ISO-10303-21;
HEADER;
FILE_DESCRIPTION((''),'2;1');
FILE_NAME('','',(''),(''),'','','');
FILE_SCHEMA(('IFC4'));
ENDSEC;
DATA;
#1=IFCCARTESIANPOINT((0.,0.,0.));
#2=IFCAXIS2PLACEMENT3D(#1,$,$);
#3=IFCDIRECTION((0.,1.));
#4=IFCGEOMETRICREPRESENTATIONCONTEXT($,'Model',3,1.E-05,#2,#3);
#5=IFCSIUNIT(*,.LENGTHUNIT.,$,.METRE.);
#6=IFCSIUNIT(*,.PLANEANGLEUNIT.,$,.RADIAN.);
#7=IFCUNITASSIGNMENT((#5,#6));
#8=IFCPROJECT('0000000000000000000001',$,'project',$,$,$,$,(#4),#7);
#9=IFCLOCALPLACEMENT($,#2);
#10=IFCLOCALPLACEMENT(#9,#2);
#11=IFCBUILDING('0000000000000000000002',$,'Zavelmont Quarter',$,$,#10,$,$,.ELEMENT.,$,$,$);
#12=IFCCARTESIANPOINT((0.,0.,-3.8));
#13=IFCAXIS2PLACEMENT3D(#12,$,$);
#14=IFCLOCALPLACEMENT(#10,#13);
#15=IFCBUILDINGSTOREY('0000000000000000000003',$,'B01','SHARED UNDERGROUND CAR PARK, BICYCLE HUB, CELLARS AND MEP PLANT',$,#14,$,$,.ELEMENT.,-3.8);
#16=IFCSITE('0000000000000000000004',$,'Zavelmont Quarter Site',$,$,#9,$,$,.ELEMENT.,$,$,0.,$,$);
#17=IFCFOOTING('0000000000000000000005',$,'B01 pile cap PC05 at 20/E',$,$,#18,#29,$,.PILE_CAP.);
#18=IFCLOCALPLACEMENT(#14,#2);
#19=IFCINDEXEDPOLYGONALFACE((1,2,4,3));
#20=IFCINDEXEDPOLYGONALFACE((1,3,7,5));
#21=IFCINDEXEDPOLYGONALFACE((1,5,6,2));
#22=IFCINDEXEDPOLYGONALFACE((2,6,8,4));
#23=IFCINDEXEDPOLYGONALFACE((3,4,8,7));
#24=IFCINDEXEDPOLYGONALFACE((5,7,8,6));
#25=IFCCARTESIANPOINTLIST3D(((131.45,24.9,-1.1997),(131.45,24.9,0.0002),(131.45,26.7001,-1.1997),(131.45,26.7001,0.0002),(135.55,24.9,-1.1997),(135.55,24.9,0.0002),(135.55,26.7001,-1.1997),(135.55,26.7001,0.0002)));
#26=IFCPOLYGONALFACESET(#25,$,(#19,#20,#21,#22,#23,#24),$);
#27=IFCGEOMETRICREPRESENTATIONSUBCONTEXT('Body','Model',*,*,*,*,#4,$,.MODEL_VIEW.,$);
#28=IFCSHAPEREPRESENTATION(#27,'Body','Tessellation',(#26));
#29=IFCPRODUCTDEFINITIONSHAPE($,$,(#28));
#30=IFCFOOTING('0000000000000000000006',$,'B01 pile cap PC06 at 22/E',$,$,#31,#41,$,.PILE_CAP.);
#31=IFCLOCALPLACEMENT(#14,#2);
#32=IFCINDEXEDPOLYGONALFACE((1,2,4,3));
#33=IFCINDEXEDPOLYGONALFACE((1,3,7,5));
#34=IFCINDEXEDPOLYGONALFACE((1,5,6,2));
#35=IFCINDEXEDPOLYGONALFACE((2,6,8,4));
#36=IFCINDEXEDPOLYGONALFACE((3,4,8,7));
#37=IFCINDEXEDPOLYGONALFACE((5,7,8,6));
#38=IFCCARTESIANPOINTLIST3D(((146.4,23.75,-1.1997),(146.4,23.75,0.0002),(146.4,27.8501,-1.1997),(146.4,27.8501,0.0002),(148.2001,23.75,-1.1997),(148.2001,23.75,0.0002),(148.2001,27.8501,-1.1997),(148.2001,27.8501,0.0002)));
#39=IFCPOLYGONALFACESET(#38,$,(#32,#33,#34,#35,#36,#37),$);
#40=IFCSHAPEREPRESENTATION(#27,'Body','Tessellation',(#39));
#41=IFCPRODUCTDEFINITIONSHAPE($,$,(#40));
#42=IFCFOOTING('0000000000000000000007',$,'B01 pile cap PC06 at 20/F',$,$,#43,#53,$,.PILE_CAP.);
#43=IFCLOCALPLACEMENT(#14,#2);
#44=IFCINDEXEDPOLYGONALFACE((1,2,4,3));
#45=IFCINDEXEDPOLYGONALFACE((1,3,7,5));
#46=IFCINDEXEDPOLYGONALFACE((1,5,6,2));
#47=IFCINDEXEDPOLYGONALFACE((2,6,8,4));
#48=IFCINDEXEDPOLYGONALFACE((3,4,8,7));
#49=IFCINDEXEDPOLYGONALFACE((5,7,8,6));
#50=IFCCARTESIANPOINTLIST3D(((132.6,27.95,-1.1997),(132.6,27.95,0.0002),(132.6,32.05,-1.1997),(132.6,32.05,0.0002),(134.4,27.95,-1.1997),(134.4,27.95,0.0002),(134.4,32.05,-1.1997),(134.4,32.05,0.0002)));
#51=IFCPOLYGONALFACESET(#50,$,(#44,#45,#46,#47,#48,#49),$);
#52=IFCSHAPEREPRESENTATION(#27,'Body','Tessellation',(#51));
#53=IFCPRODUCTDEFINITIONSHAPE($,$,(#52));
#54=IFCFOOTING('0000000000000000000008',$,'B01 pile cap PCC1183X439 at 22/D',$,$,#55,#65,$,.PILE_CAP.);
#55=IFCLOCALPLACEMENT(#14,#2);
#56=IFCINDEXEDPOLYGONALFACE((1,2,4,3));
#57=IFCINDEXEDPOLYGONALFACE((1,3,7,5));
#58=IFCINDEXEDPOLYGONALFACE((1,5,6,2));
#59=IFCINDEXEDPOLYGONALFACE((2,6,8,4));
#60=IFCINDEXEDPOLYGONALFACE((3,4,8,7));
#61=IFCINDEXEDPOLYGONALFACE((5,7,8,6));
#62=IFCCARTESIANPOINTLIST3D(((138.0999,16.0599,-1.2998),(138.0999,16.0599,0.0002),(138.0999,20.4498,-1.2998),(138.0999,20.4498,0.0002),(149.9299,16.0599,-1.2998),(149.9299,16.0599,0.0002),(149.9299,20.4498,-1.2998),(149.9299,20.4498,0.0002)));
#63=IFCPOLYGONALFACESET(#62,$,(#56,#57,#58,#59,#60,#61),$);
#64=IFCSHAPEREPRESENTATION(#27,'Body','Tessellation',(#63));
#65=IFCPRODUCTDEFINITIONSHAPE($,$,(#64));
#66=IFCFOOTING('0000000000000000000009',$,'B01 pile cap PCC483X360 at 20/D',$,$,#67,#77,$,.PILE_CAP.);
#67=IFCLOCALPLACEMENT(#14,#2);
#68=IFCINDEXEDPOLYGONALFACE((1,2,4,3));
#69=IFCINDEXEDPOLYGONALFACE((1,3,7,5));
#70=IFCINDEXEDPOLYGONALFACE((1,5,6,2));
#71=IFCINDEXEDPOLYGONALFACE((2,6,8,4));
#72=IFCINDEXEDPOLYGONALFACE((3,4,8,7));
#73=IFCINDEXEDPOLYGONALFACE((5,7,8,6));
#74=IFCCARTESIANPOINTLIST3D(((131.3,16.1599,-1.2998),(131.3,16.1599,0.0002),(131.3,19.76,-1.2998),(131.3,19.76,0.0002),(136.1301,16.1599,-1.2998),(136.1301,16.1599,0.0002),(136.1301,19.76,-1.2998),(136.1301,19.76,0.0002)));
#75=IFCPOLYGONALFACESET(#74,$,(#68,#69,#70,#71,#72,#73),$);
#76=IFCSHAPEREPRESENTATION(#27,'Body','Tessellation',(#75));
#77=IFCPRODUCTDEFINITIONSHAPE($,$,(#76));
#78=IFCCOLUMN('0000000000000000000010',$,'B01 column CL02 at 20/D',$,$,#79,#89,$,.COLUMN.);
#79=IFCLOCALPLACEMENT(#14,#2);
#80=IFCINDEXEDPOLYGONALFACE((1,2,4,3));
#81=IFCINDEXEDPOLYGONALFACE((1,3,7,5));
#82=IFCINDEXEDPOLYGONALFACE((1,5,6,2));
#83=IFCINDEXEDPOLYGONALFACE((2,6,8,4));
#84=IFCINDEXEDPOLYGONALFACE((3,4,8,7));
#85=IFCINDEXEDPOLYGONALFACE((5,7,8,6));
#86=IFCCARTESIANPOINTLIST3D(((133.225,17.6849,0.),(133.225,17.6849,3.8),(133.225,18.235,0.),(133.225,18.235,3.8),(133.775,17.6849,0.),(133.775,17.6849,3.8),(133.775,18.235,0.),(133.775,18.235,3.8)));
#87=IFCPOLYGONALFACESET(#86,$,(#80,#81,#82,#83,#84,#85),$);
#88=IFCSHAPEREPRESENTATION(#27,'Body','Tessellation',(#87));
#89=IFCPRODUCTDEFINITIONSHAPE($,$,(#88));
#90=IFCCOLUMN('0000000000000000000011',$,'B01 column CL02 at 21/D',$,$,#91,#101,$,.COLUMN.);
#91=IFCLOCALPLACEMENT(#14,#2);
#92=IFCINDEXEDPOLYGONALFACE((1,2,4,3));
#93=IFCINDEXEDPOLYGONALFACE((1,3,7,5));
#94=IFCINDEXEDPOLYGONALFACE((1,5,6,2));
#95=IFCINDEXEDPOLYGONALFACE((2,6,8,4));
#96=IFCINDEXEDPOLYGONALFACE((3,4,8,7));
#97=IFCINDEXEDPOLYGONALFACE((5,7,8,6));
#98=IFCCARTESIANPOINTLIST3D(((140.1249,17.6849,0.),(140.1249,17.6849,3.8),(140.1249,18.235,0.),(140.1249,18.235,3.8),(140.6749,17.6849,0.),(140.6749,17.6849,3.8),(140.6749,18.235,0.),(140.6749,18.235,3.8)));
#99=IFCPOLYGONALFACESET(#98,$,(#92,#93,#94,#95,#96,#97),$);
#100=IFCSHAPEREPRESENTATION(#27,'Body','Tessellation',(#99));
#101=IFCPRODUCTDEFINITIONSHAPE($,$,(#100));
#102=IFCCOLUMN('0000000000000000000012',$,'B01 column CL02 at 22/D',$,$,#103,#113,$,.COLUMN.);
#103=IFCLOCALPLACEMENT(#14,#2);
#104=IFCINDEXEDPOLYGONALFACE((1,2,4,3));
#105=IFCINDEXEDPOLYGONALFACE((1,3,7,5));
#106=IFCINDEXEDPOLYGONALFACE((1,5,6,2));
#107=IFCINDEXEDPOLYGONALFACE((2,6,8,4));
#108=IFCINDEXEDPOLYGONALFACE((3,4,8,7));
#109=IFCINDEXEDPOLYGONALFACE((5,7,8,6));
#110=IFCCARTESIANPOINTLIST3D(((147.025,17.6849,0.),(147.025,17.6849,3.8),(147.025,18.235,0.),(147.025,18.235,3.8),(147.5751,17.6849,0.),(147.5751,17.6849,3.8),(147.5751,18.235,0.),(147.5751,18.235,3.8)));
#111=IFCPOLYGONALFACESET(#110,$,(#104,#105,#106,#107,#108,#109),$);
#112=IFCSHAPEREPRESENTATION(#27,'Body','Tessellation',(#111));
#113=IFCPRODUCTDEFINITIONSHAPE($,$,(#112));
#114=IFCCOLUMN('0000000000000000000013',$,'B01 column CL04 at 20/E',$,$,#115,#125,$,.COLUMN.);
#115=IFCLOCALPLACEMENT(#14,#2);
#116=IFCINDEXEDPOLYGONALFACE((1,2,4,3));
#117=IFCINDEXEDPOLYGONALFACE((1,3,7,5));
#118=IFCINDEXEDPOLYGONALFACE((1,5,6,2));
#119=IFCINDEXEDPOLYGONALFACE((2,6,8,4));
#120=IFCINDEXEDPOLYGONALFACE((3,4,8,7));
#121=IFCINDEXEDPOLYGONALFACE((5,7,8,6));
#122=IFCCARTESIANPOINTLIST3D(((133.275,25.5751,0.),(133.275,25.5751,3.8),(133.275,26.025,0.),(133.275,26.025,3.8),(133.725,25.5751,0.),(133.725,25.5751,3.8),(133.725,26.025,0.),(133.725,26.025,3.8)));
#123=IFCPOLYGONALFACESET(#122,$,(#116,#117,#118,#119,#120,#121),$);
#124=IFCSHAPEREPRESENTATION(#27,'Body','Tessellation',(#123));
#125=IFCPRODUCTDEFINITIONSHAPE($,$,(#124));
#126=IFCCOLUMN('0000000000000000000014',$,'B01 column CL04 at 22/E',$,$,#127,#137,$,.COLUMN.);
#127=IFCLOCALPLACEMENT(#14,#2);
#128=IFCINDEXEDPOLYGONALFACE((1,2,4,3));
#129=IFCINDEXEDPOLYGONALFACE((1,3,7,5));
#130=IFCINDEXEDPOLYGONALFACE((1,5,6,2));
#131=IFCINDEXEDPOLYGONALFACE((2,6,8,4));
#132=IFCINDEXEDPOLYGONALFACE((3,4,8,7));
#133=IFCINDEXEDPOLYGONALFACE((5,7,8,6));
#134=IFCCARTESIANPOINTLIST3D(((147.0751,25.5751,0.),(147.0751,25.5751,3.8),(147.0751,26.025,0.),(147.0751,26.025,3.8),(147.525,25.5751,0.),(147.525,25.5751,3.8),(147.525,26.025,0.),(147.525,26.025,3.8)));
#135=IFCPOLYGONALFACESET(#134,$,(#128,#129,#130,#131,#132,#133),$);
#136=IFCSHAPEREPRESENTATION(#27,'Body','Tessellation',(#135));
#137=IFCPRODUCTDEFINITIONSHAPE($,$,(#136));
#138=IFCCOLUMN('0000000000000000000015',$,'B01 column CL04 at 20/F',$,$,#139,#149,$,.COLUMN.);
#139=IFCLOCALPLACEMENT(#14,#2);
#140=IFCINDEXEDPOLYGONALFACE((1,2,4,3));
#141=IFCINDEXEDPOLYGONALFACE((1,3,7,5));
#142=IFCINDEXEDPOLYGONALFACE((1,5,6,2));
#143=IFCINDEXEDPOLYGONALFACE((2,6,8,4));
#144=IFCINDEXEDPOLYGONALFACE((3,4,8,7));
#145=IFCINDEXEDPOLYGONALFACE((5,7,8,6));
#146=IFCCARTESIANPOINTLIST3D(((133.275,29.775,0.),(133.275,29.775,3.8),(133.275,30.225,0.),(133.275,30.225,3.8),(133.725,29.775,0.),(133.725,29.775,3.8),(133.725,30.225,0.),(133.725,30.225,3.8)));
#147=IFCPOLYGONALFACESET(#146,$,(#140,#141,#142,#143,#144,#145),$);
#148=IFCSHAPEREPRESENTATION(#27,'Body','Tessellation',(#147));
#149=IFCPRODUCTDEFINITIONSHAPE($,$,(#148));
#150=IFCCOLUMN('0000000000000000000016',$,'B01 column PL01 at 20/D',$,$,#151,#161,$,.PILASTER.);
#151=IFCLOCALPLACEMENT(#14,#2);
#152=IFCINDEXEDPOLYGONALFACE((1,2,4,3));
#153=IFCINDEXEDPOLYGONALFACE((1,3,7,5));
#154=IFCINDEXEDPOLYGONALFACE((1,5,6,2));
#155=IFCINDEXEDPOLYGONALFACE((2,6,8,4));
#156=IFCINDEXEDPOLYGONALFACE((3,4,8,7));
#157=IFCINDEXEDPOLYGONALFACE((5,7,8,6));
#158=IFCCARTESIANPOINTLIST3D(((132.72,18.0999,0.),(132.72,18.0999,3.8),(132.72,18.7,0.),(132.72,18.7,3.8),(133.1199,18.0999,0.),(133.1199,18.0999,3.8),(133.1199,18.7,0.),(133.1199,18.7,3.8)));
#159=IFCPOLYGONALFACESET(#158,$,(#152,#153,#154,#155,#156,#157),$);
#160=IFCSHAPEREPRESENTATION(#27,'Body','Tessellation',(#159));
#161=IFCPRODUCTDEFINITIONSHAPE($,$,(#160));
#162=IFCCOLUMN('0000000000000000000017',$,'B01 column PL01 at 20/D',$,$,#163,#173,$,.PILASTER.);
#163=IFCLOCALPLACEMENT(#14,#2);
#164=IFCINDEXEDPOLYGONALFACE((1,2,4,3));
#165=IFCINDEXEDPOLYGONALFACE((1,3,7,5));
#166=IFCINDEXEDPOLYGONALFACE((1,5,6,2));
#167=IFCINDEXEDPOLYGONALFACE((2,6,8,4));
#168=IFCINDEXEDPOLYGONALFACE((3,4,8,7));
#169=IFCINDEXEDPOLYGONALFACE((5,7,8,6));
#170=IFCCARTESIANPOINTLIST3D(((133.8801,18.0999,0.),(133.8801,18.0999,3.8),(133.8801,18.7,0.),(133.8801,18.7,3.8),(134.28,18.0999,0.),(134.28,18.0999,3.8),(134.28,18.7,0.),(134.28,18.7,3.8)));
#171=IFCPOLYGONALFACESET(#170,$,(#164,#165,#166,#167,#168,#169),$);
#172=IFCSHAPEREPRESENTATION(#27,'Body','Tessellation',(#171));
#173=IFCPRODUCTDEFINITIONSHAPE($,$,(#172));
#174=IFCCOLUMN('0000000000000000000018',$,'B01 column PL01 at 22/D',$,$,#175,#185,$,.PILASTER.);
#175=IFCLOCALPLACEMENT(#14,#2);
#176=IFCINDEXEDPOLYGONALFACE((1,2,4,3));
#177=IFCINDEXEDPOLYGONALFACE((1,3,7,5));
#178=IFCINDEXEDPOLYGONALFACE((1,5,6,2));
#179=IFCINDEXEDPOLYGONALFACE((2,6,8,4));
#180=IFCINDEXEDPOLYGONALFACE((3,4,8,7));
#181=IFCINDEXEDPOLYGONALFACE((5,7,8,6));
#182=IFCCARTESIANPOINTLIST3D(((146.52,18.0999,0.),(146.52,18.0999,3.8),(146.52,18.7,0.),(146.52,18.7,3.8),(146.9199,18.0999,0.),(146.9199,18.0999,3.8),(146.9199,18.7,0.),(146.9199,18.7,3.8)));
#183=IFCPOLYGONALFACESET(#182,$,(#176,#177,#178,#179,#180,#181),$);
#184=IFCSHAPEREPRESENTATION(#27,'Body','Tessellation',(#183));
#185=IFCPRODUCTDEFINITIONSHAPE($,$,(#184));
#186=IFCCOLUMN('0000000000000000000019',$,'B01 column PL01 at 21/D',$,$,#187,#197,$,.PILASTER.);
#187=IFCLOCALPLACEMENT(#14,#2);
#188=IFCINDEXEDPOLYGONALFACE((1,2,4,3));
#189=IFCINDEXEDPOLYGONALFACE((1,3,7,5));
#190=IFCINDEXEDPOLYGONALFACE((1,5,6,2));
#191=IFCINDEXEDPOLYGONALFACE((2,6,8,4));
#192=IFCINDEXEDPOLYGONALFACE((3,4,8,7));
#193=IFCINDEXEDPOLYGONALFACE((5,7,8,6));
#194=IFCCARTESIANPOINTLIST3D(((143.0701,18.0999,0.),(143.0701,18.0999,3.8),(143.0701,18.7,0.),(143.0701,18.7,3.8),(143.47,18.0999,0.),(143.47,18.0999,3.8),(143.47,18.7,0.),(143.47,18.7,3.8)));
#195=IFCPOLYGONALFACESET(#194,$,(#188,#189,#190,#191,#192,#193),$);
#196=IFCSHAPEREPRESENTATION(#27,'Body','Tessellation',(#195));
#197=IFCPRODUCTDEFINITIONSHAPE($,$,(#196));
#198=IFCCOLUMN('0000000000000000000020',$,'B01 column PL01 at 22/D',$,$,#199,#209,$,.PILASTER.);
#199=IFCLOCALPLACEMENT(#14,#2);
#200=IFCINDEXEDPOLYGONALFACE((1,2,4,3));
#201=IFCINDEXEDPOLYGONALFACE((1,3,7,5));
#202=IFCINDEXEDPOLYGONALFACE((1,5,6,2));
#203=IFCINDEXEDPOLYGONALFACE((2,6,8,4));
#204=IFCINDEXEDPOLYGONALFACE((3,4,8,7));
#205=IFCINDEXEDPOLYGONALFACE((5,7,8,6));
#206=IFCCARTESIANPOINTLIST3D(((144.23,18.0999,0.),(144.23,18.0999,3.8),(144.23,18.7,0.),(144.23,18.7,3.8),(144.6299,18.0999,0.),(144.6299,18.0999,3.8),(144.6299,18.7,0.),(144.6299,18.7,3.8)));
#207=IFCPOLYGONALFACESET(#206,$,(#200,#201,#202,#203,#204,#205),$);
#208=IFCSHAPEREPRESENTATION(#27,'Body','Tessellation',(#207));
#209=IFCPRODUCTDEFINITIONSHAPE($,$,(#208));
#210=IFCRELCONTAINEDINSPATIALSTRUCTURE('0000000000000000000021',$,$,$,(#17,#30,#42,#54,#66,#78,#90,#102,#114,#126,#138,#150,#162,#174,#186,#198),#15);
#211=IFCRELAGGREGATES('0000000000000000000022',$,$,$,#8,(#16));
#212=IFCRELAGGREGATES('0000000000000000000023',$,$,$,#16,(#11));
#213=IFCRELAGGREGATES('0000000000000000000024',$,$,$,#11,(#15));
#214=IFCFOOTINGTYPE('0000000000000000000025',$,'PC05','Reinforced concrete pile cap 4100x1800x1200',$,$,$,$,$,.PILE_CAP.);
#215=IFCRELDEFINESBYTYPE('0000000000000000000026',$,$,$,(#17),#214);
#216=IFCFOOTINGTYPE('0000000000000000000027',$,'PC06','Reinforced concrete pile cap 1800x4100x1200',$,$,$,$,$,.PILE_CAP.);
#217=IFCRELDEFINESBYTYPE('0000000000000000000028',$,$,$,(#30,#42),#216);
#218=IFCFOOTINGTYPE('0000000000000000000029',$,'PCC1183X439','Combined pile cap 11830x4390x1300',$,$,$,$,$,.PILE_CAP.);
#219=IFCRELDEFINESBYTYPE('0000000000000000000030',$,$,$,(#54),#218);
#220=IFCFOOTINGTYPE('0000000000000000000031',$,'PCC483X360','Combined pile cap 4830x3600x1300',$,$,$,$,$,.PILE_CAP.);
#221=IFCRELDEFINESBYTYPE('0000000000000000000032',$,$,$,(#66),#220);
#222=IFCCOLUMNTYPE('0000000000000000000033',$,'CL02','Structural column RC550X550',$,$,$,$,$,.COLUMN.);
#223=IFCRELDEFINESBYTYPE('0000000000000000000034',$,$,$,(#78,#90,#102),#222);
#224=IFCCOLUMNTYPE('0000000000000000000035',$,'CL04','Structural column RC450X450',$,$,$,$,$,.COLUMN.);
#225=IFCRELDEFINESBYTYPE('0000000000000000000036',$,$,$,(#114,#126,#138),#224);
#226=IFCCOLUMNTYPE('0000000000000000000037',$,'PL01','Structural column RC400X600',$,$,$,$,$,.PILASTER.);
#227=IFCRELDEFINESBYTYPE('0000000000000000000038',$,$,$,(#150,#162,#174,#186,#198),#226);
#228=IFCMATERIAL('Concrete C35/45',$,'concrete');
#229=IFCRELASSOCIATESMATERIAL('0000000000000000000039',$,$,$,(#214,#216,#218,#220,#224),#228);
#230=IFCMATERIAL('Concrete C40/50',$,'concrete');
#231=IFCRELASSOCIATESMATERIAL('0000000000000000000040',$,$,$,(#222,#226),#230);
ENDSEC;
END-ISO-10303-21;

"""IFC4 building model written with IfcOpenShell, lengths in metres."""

from ifc_helpers import new_model, si_unit, direction, frame, origin, origin_2d, place, context, subcontext, project, spatial, rectangle, extrude, material, material_profile, profile_set, type_object, element, save


model = new_model("IFC4")

# Units and contexts
model_context = context("Model", 3, precision=1e-05, world=origin(), true_north=direction((0.0, 1.0)))
body_context = subcontext(model_context, "Body", "Model", "MODEL_VIEW")
ifc_project = project(units=[si_unit("LENGTHUNIT", "METRE"), si_unit("PLANEANGLEUNIT", "RADIAN")], contexts=[model_context])

# Site, building, storey
site_placement = place(None, origin())
site = spatial("IfcSite", under=ifc_project, at=site_placement, Name="Zavelmont Quarter Site", CompositionType="ELEMENT", RefElevation=0.0)
building_placement = place(site_placement, origin())
building = spatial("IfcBuilding", under=site, at=building_placement, Name="Zavelmont Quarter", CompositionType="ELEMENT")
storey_placement = place(building_placement, frame((0.0, 0.0, -3.8)))
storey = spatial("IfcBuildingStorey", under=building, at=storey_placement, Name="B01", Description="SHARED UNDERGROUND CAR PARK, BICYCLE HUB, CELLARS AND MEP PLANT", CompositionType="ELEMENT", Elevation=-3.8)

# Shared definitions
ifc_material_1 = material(Name="Concrete C35/45", Category="concrete")

# Footings
footing_type_1 = type_object("IfcFootingType", Name="PC05", Description="Reinforced concrete pile cap 4100x1800x1200", PredefinedType="PILE_CAP", material=ifc_material_1)
footing_1_placement = place(storey_placement, frame((133.5, 25.8, -1.1997), z_axis=(0.0, 0.0, 1.0), x_axis=(1.0, 0.0, 0.0)))
element("IfcFooting", 1, at=footing_1_placement, inside=storey, type_object=footing_type_1, Name="B01 pile cap PC05 at 20/E", PredefinedType="PILE_CAP", context=body_context, shape_type="SweptSolid", body=[
    extrude(rectangle(XDim=4.1001, YDim=1.8, at=origin_2d()), origin(), (0.0, 0.0, 1.0), 1.2),
])
footing_type_2 = type_object("IfcFootingType", Name="PC06", Description="Reinforced concrete pile cap 1800x4100x1200", PredefinedType="PILE_CAP", material=ifc_material_1)
for number, where, z_axis, x_axis, name in (
    (2, (147.3, 25.8, -1.1997), (0.0, 0.0, 1.0), (1.0, 0.0, 0.0), "B01 pile cap PC06 at 22/E"),
    (3, (133.5, 30.0, -1.1997), (0.0, 0.0, 1.0), (1.0, 0.0, 0.0), "B01 pile cap PC06 at 20/F"),
):
    element("IfcFooting", number, at=place(storey_placement, frame(where, z_axis=z_axis, x_axis=x_axis)), inside=storey, type_object=footing_type_2, Name=name, PredefinedType="PILE_CAP", context=body_context, shape_type="SweptSolid", body=[
        extrude(rectangle(XDim=1.8, YDim=4.1001, at=origin_2d()), origin(), (0.0, 0.0, 1.0), 1.2),
    ])
footing_type_3 = type_object("IfcFootingType", Name="PCC1183X439", Description="Combined pile cap 11830x4390x1300", PredefinedType="PILE_CAP", material=ifc_material_1)
footing_2_placement = place(storey_placement, frame((144.0149, 18.2549, -1.2998), z_axis=(0.0, 0.0, 1.0), x_axis=(1.0, 0.0, 0.0)))
element("IfcFooting", 4, at=footing_2_placement, inside=storey, type_object=footing_type_3, Name="B01 pile cap PCC1183X439 at 22/D", PredefinedType="PILE_CAP", context=body_context, shape_type="SweptSolid", body=[
    extrude(rectangle(XDim=11.8301, YDim=4.3899, at=origin_2d()), origin(), (0.0, 0.0, 1.0), 1.3),
])
footing_type_4 = type_object("IfcFootingType", Name="PCC483X360", Description="Combined pile cap 4830x3600x1300", PredefinedType="PILE_CAP", material=ifc_material_1)
footing_3_placement = place(storey_placement, frame((133.7151, 17.96, -1.2998), z_axis=(0.0, 0.0, 1.0), x_axis=(1.0, 0.0, 0.0)))
element("IfcFooting", 5, at=footing_3_placement, inside=storey, type_object=footing_type_4, Name="B01 pile cap PCC483X360 at 20/D", PredefinedType="PILE_CAP", context=body_context, shape_type="SweptSolid", body=[
    extrude(rectangle(XDim=4.8301, YDim=3.6001, at=origin_2d()), origin(), (0.0, 0.0, 1.0), 1.3),
])

# Columns
ifc_material_2 = material(Name="Concrete C40/50", Category="concrete")
ifc_material_profile_1 = material_profile(ifc_material_2, rectangle(XDim=0.55, YDim=0.55, at=origin_2d()), Name="RC550X550")
ifc_profile_set_1 = profile_set([ifc_material_profile_1], Name="Concrete C40/50")
column_type_1 = type_object("IfcColumnType", Name="CL02", Description="Structural column RC550X550", PredefinedType="COLUMN", material=ifc_profile_set_1)
for number, where, z_axis, x_axis, name in (
    (6, (133.5, 17.96, 0.0), (0.0, 0.0, 1.0), (1.0, 0.0, 0.0), "B01 column CL02 at 20/D"),
    (7, (140.3999, 17.96, 0.0), (0.0, 0.0, 1.0), (1.0, 0.0, 0.0), "B01 column CL02 at 21/D"),
    (8, (147.3, 17.96, 0.0), (0.0, 0.0, 1.0), (1.0, 0.0, 0.0), "B01 column CL02 at 22/D"),
):
    element("IfcColumn", number, at=place(storey_placement, frame(where, z_axis=z_axis, x_axis=x_axis)), inside=storey, type_object=column_type_1, Name=name, PredefinedType="COLUMN", context=body_context, shape_type="SweptSolid", body=[
        extrude(rectangle(XDim=0.55, YDim=0.55, at=origin_2d()), origin(), (0.0, 0.0, 1.0), 3.8),
    ])
ifc_material_profile_2 = material_profile(ifc_material_1, rectangle(XDim=0.45, YDim=0.45, at=origin_2d()), Name="RC450X450")
ifc_profile_set_2 = profile_set([ifc_material_profile_2], Name="Concrete C35/45")
column_type_2 = type_object("IfcColumnType", Name="CL04", Description="Structural column RC450X450", PredefinedType="COLUMN", material=ifc_profile_set_2)
for number, where, z_axis, x_axis, name in (
    (9, (133.5, 25.8, 0.0), (0.0, 0.0, 1.0), (1.0, 0.0, 0.0), "B01 column CL04 at 20/E"),
    (10, (147.3, 25.8, 0.0), (0.0, 0.0, 1.0), (1.0, 0.0, 0.0), "B01 column CL04 at 22/E"),
    (11, (133.5, 30.0, 0.0), (0.0, 0.0, 1.0), (1.0, 0.0, 0.0), "B01 column CL04 at 20/F"),
):
    element("IfcColumn", number, at=place(storey_placement, frame(where, z_axis=z_axis, x_axis=x_axis)), inside=storey, type_object=column_type_2, Name=name, PredefinedType="COLUMN", context=body_context, shape_type="SweptSolid", body=[
        extrude(rectangle(XDim=0.45, YDim=0.45, at=origin_2d()), origin(), (0.0, 0.0, 1.0), 3.8),
    ])
ifc_material_profile_3 = material_profile(ifc_material_2, rectangle(XDim=0.3999, YDim=0.6001, at=origin_2d()), Name="RC400X600")
ifc_profile_set_3 = profile_set([ifc_material_profile_3], Name="Concrete C40/50")
column_type_3 = type_object("IfcColumnType", Name="PL01", Description="Structural column RC400X600", PredefinedType="PILASTER", material=ifc_profile_set_3)
for number, where, z_axis, x_axis, name in (
    (12, (132.9199, 18.3999, 0.0), (0.0, 0.0, 1.0), (1.0, 0.0, 0.0), "B01 column PL01 at 20/D"),
    (13, (134.0801, 18.3999, 0.0), (0.0, 0.0, 1.0), (1.0, 0.0, 0.0), "B01 column PL01 at 20/D"),
    (14, (146.72, 18.3999, 0.0), (0.0, 0.0, 1.0), (1.0, 0.0, 0.0), "B01 column PL01 at 22/D"),
    (15, (143.27, 18.3999, 0.0), (0.0, 0.0, 1.0), (1.0, 0.0, 0.0), "B01 column PL01 at 21/D"),
    (16, (144.4299, 18.3999, 0.0), (0.0, 0.0, 1.0), (1.0, 0.0, 0.0), "B01 column PL01 at 22/D"),
):
    element("IfcColumn", number, at=place(storey_placement, frame(where, z_axis=z_axis, x_axis=x_axis)), inside=storey, type_object=column_type_3, Name=name, PredefinedType="PILASTER", context=body_context, shape_type="SweptSolid", body=[
        extrude(rectangle(XDim=0.3999, YDim=0.6001, at=origin_2d()), origin(), (0.0, 0.0, 1.0), 3.8),
    ])

save(model, "model.ifc")
